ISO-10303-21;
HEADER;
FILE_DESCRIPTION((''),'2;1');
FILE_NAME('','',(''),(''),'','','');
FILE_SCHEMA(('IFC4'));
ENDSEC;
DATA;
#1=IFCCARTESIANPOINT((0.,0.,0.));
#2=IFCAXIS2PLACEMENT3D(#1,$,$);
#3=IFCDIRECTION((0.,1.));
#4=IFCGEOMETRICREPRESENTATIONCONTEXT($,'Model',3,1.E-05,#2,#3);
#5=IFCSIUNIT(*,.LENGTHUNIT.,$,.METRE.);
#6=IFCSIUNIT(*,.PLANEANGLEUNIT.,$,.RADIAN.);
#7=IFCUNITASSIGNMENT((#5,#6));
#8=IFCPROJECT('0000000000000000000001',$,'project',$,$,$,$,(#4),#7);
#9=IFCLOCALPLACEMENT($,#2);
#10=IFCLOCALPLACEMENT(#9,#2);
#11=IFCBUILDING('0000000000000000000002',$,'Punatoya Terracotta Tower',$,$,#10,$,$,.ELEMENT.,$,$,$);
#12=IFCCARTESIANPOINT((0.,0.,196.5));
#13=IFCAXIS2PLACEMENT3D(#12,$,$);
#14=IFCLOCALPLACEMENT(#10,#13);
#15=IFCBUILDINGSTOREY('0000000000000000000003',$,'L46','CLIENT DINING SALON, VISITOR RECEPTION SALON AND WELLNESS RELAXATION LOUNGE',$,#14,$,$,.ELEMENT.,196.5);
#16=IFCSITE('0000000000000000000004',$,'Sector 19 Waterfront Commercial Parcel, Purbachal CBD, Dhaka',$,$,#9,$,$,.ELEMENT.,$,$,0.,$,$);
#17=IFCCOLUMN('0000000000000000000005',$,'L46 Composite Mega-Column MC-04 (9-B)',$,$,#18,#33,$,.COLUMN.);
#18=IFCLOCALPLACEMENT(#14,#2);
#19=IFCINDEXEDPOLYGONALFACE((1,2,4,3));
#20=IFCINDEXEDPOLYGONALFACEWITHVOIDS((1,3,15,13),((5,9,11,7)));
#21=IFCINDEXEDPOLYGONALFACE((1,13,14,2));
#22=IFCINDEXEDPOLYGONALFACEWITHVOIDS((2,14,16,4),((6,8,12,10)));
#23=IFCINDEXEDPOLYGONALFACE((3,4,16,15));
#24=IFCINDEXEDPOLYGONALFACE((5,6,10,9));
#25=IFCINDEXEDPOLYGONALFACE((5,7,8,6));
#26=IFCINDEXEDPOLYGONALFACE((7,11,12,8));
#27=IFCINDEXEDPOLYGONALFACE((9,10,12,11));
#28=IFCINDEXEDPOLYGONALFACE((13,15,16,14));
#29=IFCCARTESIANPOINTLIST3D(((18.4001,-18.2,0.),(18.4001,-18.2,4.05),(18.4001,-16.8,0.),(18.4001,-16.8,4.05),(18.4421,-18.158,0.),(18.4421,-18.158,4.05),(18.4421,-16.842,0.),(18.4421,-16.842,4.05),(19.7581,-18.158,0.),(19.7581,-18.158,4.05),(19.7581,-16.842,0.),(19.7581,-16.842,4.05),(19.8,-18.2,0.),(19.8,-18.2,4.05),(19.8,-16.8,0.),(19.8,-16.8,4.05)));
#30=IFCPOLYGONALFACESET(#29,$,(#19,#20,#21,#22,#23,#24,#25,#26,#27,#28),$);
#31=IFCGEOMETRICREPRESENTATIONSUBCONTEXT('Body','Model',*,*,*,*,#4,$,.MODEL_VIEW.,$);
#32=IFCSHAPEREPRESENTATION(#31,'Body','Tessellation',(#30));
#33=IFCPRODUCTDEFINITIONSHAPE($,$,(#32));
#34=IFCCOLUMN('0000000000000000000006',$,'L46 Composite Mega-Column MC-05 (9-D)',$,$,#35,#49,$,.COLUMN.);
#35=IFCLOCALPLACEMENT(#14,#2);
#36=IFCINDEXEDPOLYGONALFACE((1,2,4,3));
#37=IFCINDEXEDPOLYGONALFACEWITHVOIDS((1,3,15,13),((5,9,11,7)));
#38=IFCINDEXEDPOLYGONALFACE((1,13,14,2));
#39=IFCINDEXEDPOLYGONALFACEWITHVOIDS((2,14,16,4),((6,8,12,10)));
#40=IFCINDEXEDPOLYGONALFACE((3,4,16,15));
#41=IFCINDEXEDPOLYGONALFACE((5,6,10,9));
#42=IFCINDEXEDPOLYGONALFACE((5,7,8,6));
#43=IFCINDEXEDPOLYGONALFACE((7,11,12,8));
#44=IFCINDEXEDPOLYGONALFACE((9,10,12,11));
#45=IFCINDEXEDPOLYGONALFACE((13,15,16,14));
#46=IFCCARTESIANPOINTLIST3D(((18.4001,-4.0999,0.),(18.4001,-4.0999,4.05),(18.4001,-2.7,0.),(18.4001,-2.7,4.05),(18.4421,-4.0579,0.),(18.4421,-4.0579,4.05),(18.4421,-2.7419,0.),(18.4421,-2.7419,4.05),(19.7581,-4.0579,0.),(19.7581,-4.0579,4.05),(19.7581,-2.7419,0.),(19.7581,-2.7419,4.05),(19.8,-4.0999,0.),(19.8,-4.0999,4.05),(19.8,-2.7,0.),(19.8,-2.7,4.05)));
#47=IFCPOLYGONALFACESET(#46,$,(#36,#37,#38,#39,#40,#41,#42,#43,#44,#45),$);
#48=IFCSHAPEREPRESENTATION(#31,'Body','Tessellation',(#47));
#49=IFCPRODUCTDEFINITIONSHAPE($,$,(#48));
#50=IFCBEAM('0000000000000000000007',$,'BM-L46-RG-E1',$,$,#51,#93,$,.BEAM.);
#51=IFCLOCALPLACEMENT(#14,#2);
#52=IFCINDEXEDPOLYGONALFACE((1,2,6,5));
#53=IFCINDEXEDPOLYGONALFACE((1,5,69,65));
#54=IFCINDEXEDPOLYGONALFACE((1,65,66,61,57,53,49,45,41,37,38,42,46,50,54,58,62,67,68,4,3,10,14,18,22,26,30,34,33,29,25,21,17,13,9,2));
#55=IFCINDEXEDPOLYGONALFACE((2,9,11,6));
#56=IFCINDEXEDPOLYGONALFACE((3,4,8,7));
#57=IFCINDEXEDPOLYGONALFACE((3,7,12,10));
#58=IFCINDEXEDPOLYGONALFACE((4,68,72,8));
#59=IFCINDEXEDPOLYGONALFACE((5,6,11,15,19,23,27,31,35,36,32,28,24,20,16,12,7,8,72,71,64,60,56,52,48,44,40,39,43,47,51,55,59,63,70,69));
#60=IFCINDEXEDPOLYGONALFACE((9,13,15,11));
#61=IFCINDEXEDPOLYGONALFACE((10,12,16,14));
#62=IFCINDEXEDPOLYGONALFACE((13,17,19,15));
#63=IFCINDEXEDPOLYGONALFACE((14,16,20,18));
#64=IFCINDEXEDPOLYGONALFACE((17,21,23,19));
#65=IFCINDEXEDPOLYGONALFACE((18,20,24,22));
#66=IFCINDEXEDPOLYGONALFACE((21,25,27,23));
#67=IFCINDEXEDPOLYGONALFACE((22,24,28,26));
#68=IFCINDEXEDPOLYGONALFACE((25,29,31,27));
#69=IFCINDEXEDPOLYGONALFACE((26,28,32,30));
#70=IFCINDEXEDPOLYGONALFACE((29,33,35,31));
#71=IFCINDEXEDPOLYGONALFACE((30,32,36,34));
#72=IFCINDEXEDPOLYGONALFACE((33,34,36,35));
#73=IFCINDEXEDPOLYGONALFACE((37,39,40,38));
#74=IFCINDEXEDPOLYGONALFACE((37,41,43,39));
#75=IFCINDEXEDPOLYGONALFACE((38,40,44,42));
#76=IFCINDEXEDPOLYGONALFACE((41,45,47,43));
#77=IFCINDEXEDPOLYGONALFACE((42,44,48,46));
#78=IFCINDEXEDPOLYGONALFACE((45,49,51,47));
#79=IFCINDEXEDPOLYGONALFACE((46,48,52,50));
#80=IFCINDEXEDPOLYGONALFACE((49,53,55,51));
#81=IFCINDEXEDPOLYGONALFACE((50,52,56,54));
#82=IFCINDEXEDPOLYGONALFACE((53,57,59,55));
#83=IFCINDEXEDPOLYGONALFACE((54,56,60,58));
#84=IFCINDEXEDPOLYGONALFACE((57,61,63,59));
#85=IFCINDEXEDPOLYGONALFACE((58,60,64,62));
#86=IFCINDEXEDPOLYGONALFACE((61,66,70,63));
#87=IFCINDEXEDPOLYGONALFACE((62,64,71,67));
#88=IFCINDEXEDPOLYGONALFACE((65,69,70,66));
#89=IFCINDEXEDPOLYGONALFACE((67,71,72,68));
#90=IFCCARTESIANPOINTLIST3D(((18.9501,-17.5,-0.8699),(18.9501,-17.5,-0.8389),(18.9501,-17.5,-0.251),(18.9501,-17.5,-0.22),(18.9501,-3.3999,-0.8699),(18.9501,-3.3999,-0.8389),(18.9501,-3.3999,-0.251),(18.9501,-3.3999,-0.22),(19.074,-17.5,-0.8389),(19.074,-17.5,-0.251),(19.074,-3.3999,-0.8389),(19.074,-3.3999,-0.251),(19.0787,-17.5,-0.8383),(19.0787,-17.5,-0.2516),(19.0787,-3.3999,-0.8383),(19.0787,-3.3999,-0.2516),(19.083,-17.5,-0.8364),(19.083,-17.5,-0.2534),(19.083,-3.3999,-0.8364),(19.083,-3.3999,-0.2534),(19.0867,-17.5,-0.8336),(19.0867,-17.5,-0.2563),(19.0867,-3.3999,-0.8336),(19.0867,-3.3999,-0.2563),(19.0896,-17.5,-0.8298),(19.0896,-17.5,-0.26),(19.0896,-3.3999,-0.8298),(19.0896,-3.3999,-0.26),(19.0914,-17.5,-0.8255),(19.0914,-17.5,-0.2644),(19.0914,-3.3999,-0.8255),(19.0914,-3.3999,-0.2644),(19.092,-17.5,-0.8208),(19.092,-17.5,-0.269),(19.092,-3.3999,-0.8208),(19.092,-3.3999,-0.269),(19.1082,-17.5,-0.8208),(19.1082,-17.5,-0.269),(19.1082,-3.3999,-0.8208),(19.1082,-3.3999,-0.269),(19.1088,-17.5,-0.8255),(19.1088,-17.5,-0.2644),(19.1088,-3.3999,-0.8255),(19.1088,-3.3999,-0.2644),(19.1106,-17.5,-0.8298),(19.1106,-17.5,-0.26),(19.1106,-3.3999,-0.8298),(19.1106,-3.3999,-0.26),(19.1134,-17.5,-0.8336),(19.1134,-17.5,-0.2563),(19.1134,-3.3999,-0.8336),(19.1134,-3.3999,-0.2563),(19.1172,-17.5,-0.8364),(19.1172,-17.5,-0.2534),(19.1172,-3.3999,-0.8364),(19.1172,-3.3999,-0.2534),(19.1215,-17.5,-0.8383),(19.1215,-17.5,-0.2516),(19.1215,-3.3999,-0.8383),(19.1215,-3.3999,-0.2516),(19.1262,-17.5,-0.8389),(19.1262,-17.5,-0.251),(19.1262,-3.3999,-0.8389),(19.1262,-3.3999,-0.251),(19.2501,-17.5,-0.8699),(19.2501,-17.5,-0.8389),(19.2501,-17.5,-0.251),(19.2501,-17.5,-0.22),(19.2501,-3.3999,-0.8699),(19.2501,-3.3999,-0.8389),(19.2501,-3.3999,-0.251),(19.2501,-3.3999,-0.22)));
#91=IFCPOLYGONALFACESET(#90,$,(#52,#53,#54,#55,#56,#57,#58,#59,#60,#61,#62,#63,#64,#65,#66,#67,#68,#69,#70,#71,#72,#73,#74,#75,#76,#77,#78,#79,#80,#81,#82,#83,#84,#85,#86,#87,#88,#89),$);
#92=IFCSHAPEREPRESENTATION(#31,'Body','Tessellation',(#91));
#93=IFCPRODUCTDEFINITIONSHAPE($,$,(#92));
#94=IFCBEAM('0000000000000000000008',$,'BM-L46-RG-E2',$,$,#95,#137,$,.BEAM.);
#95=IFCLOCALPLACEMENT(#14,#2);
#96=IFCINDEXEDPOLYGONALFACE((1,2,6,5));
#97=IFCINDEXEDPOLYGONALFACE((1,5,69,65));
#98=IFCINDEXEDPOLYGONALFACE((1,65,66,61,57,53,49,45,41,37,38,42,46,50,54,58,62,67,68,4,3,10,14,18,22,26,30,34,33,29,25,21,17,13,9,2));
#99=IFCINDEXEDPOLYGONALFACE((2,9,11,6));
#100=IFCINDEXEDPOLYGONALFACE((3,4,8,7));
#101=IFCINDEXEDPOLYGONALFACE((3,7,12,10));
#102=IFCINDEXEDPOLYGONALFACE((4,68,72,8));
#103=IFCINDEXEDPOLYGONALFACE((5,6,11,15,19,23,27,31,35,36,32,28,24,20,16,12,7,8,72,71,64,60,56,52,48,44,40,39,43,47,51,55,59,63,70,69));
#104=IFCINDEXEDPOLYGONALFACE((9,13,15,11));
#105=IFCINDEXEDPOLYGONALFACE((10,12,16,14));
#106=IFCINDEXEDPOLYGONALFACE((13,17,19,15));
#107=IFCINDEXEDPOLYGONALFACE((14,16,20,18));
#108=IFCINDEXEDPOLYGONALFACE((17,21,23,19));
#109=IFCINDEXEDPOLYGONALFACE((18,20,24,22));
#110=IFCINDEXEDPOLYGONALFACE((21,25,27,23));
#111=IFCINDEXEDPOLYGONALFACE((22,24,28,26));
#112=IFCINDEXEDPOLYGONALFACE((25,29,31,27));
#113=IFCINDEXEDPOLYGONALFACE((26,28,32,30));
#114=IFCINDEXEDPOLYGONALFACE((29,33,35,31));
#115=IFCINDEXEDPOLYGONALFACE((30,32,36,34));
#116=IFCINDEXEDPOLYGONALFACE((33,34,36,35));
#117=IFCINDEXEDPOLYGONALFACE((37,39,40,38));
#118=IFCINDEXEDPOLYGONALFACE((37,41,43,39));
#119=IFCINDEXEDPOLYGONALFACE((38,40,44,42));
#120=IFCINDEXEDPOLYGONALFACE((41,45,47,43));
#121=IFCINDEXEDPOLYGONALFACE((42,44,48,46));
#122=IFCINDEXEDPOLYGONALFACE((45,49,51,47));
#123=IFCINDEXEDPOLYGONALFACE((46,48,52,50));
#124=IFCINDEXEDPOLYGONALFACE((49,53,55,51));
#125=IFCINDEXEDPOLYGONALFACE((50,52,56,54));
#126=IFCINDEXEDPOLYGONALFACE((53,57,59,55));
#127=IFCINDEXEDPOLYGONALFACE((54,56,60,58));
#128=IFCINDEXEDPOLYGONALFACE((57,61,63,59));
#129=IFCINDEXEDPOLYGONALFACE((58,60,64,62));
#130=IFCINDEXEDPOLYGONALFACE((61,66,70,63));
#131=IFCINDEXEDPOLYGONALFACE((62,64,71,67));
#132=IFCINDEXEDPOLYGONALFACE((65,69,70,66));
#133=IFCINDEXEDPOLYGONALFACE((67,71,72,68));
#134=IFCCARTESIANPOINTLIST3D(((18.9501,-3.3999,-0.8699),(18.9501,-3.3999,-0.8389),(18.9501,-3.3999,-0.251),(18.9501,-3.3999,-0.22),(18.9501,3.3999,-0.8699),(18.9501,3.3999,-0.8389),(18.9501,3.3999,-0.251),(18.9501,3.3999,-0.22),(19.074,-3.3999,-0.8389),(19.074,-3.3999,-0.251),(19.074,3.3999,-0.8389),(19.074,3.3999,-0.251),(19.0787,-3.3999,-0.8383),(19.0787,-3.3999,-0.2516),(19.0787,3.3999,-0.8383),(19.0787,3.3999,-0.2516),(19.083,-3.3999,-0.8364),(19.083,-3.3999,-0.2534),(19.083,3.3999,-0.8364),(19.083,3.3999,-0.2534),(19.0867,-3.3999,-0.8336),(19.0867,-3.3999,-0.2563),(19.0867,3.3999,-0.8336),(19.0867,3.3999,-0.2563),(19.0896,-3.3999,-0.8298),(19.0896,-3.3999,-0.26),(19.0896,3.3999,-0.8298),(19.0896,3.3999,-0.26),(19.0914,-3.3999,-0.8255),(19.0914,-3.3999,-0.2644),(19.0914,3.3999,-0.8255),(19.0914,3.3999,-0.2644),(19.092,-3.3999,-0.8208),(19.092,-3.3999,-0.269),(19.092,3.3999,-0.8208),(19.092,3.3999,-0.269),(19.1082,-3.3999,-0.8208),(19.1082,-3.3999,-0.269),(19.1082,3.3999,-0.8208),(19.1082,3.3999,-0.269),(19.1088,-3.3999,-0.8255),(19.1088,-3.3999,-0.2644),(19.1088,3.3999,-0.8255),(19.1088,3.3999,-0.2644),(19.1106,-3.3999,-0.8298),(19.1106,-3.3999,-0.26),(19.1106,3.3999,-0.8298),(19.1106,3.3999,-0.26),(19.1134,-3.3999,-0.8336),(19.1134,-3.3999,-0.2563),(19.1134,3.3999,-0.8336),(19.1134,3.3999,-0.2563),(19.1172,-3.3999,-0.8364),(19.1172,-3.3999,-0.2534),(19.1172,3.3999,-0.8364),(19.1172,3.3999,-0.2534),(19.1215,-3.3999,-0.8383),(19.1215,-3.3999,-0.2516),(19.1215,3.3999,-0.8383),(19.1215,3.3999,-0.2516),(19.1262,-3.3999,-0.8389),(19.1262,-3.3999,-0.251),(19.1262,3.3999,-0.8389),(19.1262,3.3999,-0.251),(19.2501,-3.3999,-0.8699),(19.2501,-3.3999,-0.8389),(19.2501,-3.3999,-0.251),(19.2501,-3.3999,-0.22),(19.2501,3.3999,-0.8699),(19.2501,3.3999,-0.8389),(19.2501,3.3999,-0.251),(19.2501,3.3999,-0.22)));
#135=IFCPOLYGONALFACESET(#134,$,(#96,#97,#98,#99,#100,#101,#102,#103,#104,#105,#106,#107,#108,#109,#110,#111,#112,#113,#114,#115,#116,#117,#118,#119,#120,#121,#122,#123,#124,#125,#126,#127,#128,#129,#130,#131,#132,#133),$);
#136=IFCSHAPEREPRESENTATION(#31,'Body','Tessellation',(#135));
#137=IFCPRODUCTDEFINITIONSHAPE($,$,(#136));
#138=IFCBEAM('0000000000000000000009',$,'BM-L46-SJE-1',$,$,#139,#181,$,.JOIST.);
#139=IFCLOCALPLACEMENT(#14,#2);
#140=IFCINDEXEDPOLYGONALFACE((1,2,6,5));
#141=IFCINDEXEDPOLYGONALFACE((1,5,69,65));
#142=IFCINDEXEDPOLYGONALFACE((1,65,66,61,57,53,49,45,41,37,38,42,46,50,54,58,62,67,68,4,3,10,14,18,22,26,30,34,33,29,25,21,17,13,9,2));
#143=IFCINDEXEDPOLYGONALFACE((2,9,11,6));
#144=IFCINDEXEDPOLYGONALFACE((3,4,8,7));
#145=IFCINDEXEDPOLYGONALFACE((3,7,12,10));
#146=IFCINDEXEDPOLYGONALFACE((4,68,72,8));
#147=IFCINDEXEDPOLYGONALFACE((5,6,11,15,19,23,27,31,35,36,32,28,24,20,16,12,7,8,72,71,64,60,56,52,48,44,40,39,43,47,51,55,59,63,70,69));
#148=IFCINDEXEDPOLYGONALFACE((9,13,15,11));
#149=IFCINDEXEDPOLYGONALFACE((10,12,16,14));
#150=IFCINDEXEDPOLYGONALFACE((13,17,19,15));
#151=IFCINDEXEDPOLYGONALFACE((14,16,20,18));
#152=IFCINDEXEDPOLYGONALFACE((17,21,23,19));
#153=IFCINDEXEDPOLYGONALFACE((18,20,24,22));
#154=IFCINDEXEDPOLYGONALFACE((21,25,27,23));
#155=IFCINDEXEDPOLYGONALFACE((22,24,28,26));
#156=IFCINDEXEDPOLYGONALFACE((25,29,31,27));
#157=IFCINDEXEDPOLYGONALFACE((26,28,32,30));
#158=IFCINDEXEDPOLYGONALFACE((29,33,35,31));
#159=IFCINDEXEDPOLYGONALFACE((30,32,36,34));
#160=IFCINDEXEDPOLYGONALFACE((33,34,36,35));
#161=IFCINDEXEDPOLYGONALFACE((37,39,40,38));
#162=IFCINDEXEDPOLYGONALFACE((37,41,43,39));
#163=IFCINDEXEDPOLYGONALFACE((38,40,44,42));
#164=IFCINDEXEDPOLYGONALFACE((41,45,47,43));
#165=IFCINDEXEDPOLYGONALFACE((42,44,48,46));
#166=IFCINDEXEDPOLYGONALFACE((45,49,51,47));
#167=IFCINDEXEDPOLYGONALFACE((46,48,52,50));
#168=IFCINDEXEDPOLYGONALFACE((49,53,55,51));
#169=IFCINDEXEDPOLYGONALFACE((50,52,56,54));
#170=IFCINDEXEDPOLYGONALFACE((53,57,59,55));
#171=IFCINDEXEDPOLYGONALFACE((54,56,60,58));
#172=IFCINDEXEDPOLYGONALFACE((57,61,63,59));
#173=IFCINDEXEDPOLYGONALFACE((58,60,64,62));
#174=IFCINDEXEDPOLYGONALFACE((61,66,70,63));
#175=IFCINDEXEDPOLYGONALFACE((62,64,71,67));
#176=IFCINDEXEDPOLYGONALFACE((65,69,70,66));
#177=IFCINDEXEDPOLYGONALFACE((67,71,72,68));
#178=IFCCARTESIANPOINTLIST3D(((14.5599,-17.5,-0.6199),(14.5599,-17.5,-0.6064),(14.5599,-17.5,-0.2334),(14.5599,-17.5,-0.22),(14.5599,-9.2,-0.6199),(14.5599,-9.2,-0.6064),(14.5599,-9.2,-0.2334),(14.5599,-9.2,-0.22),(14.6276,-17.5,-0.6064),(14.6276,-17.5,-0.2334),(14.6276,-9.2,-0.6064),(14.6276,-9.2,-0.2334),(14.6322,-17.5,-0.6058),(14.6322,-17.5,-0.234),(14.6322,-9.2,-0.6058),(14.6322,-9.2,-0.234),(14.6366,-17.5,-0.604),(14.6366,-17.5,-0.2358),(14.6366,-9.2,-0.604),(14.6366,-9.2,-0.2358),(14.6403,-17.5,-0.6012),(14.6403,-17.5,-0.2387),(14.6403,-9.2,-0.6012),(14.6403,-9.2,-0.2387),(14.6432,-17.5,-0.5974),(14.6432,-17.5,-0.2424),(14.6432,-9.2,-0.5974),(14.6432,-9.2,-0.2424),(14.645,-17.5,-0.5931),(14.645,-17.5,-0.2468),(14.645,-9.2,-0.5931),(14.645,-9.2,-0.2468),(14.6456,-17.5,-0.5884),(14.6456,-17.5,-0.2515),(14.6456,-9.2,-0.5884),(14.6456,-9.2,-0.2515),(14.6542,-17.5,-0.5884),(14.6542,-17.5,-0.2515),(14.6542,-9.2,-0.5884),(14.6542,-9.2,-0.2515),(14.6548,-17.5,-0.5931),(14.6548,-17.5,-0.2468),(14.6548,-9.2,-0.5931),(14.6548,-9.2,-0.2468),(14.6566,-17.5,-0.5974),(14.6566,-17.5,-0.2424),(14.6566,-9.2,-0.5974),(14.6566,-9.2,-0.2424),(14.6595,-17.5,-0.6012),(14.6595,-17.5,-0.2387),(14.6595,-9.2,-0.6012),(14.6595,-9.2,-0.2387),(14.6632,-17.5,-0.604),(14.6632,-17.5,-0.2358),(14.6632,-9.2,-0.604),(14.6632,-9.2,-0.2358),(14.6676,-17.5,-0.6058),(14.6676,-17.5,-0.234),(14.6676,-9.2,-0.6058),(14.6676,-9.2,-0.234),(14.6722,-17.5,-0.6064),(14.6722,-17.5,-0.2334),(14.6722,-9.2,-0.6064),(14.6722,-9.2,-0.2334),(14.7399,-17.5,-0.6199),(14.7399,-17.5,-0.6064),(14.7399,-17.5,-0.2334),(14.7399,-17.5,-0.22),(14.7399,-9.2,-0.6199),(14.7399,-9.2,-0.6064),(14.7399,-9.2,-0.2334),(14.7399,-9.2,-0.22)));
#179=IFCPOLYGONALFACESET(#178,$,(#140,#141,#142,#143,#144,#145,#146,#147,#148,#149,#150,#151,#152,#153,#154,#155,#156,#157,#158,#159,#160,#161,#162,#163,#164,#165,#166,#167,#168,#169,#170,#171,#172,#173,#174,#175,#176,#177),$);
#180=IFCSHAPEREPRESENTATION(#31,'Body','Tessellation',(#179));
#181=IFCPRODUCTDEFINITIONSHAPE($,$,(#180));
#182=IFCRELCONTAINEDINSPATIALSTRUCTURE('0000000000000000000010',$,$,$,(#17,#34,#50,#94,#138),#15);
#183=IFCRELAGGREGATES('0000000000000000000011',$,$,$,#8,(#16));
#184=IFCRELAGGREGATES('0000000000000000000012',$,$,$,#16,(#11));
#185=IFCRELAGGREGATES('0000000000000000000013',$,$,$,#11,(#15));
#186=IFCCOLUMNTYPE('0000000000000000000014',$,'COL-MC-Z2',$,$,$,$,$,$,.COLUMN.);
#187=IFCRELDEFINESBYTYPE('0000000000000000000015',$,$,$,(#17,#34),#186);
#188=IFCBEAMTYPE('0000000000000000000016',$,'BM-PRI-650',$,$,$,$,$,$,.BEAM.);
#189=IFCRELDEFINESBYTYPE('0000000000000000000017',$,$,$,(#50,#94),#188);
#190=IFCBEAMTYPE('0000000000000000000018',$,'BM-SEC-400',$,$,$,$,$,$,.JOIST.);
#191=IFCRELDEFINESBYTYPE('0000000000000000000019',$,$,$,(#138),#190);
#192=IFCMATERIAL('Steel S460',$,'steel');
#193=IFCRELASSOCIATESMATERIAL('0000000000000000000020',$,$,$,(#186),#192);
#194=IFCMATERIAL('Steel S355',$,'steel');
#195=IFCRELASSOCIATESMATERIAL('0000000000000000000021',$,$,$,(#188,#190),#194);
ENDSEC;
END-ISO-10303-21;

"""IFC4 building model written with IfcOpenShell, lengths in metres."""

from ifc_helpers import new_model, si_unit, direction, frame, origin, origin_2d, place, context, subcontext, project, spatial, hollow_rectangle, i_section, extrude, material, material_profile, profile_set, type_object, element, save


model = new_model("IFC4")

# Units and contexts
model_context = context("Model", 3, precision=1e-05, world=origin(), true_north=direction((0.0, 1.0)))
body_context = subcontext(model_context, "Body", "Model", "MODEL_VIEW")
ifc_project = project(units=[si_unit("LENGTHUNIT", "METRE"), si_unit("PLANEANGLEUNIT", "RADIAN")], contexts=[model_context])

# Site, building, storey
site_placement = place(None, origin())
site = spatial("IfcSite", under=ifc_project, at=site_placement, Name="Sector 19 Waterfront Commercial Parcel, Purbachal CBD, Dhaka", CompositionType="ELEMENT", RefElevation=0.0)
building_placement = place(site_placement, origin())
building = spatial("IfcBuilding", under=site, at=building_placement, Name="Punatoya Terracotta Tower", CompositionType="ELEMENT")
storey_placement = place(building_placement, frame((0.0, 0.0, 196.5)))
storey = spatial("IfcBuildingStorey", under=building, at=storey_placement, Name="L46", Description="CLIENT DINING SALON, VISITOR RECEPTION SALON AND WELLNESS RELAXATION LOUNGE", CompositionType="ELEMENT", Elevation=196.5)

# Columns
ifc_material_1 = material(Name="Steel S460", Category="steel")
ifc_material_profile_1 = material_profile(ifc_material_1, hollow_rectangle(XDim=1.3999, YDim=1.3999, WallThickness=0.042, at=origin_2d()))
ifc_profile_set_1 = profile_set([ifc_material_profile_1], Name="Steel S460")
column_type = type_object("IfcColumnType", Name="COL-MC-Z2", PredefinedType="COLUMN", material=ifc_profile_set_1)
for number, where, z_axis, x_axis, name in (
    (1, (19.1001, -17.5, 0.0), (0.0, 0.0, 1.0), (1.0, 0.0, 0.0), "L46 Composite Mega-Column MC-04 (9-B)"),
    (2, (19.1001, -3.3999, 0.0), (0.0, 0.0, 1.0), (1.0, 0.0, 0.0), "L46 Composite Mega-Column MC-05 (9-D)"),
):
    element("IfcColumn", number, at=place(storey_placement, frame(where, z_axis=z_axis, x_axis=x_axis)), inside=storey, type_object=column_type, Name=name, PredefinedType="COLUMN", context=body_context, shape_type="SweptSolid", body=[
        extrude(hollow_rectangle(XDim=1.3999, YDim=1.3999, WallThickness=0.042, at=origin_2d()), origin(), (0.0, 0.0, 1.0), 4.05),
    ])

# Beams
ifc_material_2 = material(Name="Steel S355", Category="steel")
ifc_material_profile_2 = material_profile(ifc_material_2, i_section(OverallWidth=0.3, OverallDepth=0.6499, WebThickness=0.0161, FlangeThickness=0.031, FilletRadius=0.0181, at=origin_2d()))
ifc_profile_set_2 = profile_set([ifc_material_profile_2], Name="Steel S355")
beam_type_1 = type_object("IfcBeamType", Name="BM-PRI-650", PredefinedType="BEAM", material=ifc_profile_set_2)
beam_1_placement = place(storey_placement, frame((19.1001, -17.5, -0.5449), z_axis=(0.0, 1.0, 0.0), x_axis=(-1.0, 0.0, 0.0)))
element("IfcBeam", 3, at=beam_1_placement, inside=storey, type_object=beam_type_1, Name="BM-L46-RG-E1", PredefinedType="BEAM", context=body_context, shape_type="SweptSolid", body=[
    extrude(i_section(OverallWidth=0.3, OverallDepth=0.6499, WebThickness=0.0161, FlangeThickness=0.031, FilletRadius=0.0181, at=origin_2d()), origin(), (0.0, 0.0, 1.0), 14.1001),
])
beam_2_placement = place(storey_placement, frame((19.1001, -3.3999, -0.5449), z_axis=(0.0, 1.0, 0.0), x_axis=(-1.0, 0.0, 0.0)))
element("IfcBeam", 4, at=beam_2_placement, inside=storey, type_object=beam_type_1, Name="BM-L46-RG-E2", PredefinedType="BEAM", context=body_context, shape_type="SweptSolid", body=[
    extrude(i_section(OverallWidth=0.3, OverallDepth=0.6499, WebThickness=0.0161, FlangeThickness=0.031, FilletRadius=0.0181, at=origin_2d()), origin(), (0.0, 0.0, 1.0), 6.7998),
])
ifc_material_profile_3 = material_profile(ifc_material_2, i_section(OverallWidth=0.1799, OverallDepth=0.3999, WebThickness=0.0085, FlangeThickness=0.0134, FilletRadius=0.0181, at=origin_2d()))
ifc_profile_set_3 = profile_set([ifc_material_profile_3], Name="Steel S355")
beam_type_2 = type_object("IfcBeamType", Name="BM-SEC-400", PredefinedType="JOIST", material=ifc_profile_set_3)
beam_3_placement = place(storey_placement, frame((14.6499, -17.5, -0.4199), z_axis=(0.0, 1.0, 0.0), x_axis=(-1.0, 0.0, 0.0)))
element("IfcBeam", 5, at=beam_3_placement, inside=storey, type_object=beam_type_2, Name="BM-L46-SJE-1", PredefinedType="JOIST", context=body_context, shape_type="SweptSolid", body=[
    extrude(i_section(OverallWidth=0.1799, OverallDepth=0.3999, WebThickness=0.0085, FlangeThickness=0.0134, FilletRadius=0.0181, at=origin_2d()), origin(), (0.0, 0.0, 1.0), 8.3),
])

save(model, "model.ifc")
